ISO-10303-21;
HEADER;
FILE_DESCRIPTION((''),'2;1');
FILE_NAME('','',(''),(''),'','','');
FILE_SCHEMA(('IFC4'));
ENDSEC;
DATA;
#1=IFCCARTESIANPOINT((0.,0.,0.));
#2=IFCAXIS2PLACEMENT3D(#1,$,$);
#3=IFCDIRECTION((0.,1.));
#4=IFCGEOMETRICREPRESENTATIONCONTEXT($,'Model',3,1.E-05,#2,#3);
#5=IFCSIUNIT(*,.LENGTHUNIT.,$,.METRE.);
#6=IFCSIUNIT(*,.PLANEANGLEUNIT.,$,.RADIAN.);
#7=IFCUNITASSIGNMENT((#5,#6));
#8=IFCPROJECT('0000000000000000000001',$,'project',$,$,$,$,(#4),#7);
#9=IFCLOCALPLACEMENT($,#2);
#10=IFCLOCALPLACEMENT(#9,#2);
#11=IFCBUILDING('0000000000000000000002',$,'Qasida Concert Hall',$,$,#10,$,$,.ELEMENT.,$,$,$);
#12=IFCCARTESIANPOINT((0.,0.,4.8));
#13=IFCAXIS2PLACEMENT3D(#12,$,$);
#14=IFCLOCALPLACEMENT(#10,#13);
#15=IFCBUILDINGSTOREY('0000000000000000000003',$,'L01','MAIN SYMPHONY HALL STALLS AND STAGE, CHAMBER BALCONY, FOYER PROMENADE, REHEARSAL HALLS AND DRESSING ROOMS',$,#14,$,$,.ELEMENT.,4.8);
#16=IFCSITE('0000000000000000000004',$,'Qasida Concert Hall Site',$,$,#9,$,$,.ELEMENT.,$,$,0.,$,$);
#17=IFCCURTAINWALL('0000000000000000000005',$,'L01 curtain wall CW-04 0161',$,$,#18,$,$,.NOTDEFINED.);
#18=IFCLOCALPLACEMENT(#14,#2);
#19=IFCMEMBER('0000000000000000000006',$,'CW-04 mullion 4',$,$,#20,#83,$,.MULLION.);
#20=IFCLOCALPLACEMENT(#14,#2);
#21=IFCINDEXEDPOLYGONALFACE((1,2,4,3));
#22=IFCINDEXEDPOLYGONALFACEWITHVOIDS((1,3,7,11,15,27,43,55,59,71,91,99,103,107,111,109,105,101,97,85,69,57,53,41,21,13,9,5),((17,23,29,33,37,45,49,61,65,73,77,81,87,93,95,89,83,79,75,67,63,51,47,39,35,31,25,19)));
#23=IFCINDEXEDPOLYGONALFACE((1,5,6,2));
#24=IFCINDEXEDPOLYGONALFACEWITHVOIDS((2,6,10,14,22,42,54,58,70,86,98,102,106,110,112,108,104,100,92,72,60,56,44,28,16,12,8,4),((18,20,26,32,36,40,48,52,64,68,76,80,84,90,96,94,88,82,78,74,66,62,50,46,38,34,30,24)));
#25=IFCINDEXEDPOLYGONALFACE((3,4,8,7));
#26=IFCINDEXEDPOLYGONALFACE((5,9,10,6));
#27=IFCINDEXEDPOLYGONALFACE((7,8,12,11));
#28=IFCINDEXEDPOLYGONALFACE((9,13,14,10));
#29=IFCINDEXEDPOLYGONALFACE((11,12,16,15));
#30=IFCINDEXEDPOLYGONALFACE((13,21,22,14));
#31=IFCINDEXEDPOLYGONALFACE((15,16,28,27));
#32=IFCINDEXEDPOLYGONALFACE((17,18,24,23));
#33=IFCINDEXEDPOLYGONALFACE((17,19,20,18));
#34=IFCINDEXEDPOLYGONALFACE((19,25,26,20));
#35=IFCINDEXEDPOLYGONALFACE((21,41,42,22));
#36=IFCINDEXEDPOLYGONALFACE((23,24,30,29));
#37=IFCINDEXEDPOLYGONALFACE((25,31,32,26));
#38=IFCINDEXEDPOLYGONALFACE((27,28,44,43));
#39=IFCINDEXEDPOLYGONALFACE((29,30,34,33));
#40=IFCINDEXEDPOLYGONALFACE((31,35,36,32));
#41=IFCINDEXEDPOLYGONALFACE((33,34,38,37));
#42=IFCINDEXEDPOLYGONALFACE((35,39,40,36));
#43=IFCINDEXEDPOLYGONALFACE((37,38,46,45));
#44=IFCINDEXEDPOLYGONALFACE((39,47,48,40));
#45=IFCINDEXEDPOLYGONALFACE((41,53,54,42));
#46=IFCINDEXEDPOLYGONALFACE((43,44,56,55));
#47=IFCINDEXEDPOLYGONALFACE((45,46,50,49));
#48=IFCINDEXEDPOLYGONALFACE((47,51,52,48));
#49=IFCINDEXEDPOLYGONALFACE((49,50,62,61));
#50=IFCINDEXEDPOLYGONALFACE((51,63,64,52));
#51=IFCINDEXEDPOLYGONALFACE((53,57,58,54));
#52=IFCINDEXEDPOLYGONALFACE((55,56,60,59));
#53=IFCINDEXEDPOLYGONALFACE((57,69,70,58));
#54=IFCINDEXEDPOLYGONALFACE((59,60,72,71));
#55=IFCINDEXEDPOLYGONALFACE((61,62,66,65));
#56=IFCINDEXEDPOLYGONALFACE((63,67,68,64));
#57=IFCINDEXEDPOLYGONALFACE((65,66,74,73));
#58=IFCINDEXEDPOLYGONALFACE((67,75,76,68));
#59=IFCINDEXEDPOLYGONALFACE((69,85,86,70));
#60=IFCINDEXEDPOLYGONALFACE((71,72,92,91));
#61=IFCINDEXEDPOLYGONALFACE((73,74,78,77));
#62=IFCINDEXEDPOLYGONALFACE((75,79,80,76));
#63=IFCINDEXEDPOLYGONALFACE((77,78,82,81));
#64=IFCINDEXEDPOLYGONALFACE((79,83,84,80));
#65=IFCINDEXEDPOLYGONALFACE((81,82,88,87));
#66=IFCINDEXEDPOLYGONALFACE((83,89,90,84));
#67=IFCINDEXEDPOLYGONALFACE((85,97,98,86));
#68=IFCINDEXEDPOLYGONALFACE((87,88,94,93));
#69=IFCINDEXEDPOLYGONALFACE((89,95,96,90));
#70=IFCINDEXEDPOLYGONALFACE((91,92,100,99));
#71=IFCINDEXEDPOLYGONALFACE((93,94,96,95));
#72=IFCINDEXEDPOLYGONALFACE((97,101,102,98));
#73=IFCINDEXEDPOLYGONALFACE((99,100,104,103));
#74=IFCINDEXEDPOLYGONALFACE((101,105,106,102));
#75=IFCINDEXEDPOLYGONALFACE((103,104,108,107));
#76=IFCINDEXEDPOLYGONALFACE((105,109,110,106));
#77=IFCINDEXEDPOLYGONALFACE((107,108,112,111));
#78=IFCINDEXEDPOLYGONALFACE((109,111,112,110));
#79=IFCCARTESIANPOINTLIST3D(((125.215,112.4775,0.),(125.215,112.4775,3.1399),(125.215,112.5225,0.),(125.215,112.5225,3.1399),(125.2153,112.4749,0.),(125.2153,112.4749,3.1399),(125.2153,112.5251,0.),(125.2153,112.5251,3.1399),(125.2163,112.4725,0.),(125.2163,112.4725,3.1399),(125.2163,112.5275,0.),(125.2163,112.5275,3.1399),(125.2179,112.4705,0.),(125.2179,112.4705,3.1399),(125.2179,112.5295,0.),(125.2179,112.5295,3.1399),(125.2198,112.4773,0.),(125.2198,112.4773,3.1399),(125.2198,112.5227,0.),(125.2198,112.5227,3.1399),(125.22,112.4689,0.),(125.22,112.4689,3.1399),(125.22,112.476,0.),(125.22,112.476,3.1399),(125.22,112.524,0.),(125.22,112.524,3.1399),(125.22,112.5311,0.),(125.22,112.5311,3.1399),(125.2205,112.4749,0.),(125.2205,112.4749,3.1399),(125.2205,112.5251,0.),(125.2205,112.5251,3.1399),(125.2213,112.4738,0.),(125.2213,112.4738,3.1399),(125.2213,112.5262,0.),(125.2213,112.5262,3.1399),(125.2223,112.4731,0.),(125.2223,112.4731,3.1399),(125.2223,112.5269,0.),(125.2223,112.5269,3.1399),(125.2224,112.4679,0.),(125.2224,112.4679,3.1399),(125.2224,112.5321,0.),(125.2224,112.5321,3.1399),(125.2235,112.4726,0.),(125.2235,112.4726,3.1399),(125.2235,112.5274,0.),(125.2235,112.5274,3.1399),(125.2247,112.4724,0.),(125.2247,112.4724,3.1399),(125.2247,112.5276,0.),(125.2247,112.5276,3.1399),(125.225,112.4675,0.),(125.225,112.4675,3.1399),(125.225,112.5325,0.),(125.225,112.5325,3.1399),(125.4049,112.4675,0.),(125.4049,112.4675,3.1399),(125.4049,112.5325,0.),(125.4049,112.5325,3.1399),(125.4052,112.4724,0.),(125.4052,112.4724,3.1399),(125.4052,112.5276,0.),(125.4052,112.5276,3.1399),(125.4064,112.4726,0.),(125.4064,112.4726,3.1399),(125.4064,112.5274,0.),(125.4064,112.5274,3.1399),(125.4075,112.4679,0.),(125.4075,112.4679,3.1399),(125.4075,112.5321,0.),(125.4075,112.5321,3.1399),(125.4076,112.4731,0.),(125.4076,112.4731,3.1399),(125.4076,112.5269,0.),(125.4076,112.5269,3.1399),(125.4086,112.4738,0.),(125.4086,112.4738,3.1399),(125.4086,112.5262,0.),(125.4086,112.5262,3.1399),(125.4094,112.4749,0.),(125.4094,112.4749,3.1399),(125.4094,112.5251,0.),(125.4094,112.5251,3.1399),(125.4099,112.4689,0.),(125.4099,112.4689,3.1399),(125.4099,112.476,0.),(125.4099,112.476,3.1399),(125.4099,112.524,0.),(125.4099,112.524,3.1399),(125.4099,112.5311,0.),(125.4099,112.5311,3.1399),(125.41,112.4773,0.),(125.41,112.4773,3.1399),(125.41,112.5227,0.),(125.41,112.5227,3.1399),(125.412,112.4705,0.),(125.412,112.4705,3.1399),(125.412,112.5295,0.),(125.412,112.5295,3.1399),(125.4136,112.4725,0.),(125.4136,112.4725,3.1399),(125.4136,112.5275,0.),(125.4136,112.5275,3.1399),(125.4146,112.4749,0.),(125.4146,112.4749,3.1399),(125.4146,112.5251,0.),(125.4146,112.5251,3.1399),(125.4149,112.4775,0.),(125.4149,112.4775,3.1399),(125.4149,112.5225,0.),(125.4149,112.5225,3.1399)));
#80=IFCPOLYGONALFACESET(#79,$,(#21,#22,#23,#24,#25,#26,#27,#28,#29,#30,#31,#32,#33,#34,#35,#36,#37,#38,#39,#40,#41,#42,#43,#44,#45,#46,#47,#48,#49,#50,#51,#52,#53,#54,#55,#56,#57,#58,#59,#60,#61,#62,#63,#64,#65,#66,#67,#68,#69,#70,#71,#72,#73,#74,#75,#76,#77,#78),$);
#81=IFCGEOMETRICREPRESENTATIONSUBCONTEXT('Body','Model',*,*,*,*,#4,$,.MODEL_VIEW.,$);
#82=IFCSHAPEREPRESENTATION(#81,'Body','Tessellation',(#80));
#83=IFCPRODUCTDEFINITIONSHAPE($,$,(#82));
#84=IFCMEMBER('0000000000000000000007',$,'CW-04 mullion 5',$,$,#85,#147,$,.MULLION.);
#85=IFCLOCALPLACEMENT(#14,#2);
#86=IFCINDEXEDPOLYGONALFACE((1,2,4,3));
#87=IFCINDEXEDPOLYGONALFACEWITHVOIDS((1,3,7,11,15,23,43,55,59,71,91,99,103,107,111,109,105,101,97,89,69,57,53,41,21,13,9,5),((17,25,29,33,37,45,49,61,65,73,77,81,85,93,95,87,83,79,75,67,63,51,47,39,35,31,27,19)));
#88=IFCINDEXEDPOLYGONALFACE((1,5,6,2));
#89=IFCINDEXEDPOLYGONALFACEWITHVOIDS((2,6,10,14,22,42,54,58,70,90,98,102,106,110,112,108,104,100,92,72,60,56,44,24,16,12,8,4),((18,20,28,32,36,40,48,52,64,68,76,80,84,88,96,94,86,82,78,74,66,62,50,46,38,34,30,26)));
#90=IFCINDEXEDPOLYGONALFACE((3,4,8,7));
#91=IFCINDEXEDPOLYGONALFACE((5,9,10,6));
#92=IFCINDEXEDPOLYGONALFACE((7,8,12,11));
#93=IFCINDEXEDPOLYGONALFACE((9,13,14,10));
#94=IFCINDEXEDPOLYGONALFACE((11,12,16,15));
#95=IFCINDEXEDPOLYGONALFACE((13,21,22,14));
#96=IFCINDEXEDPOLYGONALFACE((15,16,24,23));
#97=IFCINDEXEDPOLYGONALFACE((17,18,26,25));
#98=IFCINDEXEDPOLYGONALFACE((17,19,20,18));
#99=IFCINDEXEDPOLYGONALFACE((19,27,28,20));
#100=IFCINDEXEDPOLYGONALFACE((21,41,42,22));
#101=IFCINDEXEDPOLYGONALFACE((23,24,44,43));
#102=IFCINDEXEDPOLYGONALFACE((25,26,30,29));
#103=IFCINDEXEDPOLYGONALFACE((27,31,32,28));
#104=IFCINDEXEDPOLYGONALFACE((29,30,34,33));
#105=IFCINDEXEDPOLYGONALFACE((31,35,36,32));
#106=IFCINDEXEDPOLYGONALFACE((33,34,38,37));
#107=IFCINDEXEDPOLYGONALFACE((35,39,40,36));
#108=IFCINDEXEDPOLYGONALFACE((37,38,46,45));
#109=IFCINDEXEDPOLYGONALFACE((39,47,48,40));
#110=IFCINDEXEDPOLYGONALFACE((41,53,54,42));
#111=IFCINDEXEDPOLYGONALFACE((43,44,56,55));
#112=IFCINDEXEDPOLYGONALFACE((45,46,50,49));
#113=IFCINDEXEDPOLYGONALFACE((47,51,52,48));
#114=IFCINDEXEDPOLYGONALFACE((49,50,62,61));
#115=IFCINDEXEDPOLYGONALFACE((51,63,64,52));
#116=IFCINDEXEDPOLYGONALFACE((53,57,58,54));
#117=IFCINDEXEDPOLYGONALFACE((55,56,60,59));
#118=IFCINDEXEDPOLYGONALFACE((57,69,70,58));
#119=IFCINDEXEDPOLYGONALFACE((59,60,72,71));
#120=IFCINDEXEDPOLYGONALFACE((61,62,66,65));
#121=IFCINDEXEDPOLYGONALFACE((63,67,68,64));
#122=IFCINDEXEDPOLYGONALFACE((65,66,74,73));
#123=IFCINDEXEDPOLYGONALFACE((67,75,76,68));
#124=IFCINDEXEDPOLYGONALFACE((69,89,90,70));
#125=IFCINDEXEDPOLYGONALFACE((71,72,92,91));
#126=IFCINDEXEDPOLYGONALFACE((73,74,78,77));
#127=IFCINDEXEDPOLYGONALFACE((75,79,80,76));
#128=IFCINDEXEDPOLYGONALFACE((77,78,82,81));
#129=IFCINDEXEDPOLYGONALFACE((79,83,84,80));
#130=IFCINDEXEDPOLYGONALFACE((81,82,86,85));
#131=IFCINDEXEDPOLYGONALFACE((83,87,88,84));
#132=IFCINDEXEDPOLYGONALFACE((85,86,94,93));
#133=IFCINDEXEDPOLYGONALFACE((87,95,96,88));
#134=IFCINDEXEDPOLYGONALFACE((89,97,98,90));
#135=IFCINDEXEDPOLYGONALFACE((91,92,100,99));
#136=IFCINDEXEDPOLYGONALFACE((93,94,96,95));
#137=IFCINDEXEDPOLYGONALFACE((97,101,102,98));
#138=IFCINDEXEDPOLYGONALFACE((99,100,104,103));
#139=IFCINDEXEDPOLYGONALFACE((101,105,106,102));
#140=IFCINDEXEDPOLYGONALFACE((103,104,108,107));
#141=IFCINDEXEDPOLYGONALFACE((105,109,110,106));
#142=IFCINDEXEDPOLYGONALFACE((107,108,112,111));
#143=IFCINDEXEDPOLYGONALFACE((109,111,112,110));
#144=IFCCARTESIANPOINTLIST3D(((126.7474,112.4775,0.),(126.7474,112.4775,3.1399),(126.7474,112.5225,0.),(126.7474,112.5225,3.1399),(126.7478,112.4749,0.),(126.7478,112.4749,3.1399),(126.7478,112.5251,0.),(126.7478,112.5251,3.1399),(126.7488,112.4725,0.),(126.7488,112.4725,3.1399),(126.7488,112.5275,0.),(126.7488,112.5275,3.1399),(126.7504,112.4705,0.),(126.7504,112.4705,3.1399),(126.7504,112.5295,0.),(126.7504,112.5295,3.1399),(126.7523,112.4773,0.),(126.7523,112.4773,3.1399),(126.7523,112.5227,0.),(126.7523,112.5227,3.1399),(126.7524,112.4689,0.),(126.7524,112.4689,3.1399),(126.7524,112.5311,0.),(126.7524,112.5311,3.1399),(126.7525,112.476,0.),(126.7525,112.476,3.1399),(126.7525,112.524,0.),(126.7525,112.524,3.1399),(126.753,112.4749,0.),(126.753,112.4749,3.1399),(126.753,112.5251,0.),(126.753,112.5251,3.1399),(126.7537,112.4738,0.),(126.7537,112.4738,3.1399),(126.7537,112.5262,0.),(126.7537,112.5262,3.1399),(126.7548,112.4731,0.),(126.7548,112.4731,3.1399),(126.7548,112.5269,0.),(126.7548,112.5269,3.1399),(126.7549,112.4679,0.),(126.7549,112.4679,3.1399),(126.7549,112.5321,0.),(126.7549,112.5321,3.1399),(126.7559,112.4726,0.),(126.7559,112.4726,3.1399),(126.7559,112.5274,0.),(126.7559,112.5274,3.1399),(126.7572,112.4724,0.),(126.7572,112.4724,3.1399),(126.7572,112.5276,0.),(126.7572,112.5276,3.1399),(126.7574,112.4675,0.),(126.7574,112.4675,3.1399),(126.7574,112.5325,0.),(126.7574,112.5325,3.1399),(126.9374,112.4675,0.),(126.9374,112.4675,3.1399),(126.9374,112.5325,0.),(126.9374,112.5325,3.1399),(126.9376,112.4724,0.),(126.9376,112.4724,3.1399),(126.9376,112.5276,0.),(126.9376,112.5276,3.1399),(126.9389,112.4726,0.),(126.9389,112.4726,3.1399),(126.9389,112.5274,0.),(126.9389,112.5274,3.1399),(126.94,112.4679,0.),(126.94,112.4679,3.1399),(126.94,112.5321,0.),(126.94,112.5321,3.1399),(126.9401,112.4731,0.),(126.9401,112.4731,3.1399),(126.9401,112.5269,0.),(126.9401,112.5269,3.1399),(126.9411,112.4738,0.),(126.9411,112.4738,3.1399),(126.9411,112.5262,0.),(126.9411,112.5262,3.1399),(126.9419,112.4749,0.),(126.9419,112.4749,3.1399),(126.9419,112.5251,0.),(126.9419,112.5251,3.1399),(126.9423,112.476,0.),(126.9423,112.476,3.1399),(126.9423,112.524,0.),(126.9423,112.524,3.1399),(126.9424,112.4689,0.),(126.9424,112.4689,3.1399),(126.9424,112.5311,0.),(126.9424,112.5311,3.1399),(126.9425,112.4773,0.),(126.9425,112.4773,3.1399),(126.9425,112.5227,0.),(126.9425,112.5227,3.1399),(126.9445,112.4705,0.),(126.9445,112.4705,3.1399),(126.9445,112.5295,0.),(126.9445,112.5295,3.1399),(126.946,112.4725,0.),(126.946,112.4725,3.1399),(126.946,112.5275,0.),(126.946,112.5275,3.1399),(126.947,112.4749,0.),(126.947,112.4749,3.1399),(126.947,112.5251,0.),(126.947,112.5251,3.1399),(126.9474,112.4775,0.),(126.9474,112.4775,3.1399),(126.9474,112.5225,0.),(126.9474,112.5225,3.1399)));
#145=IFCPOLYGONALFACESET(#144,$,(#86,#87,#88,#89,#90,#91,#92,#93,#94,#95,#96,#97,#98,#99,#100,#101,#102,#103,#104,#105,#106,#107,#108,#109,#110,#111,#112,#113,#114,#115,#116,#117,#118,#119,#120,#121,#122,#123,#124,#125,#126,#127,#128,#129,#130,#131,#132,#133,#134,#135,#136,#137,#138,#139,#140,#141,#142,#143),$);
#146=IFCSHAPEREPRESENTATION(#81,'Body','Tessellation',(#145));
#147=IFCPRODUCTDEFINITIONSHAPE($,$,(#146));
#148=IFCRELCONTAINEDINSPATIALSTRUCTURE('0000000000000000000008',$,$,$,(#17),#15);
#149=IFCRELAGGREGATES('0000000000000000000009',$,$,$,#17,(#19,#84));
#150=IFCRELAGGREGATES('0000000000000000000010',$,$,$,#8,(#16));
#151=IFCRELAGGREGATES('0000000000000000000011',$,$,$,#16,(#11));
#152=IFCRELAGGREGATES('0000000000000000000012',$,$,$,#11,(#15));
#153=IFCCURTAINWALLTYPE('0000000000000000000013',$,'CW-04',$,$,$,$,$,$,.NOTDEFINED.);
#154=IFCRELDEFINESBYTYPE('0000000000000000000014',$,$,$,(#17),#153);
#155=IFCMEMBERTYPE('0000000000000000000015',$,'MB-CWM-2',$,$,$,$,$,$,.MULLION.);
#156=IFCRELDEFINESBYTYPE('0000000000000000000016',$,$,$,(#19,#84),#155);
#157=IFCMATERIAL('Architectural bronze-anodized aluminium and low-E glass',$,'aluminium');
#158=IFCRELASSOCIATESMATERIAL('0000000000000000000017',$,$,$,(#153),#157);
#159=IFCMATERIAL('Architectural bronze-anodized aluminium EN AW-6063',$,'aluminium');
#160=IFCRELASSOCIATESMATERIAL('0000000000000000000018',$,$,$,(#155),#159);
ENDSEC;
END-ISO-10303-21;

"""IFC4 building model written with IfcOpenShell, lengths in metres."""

from ifc_helpers import new_model, si_unit, direction, frame, origin, origin_2d, place, context, subcontext, project, spatial, hollow_rectangle, extrude, material, material_profile, profile_set, type_object, element, aggregate, save


model = new_model("IFC4")

# Units and contexts
model_context = context("Model", 3, precision=1e-05, world=origin(), true_north=direction((0.0, 1.0)))
body_context = subcontext(model_context, "Body", "Model", "MODEL_VIEW")
ifc_project = project(units=[si_unit("LENGTHUNIT", "METRE"), si_unit("PLANEANGLEUNIT", "RADIAN")], contexts=[model_context])

# Site, building, storey
site_placement = place(None, origin())
site = spatial("IfcSite", under=ifc_project, at=site_placement, Name="Qasida Concert Hall Site", CompositionType="ELEMENT", RefElevation=0.0)
building_placement = place(site_placement, origin())
building = spatial("IfcBuilding", under=site, at=building_placement, Name="Qasida Concert Hall", CompositionType="ELEMENT")
storey_placement = place(building_placement, frame((0.0, 0.0, 4.8)))
storey = spatial("IfcBuildingStorey", under=building, at=storey_placement, Name="L01", Description="MAIN SYMPHONY HALL STALLS AND STAGE, CHAMBER BALCONY, FOYER PROMENADE, REHEARSAL HALLS AND DRESSING ROOMS", CompositionType="ELEMENT", Elevation=4.8)

# Curtain wall, members
ifc_material_1 = material(Name="Architectural bronze-anodized aluminium and low-E glass", Category="aluminium")
curtain_wall_type = type_object("IfcCurtainWallType", Name="CW-04", PredefinedType="NOTDEFINED", material=ifc_material_1)
curtain_wall_placement = place(storey_placement, origin())
curtain_wall = element("IfcCurtainWall", 1, at=curtain_wall_placement, inside=storey, type_object=curtain_wall_type, Name="L01 curtain wall CW-04 0161", PredefinedType="NOTDEFINED")
ifc_material_2 = material(Name="Architectural bronze-anodized aluminium EN AW-6063", Category="aluminium")
ifc_material_profile_1 = material_profile(ifc_material_2, hollow_rectangle(XDim=0.0649, YDim=0.2, WallThickness=0.0049, InnerFilletRadius=0.0049, OuterFilletRadius=0.01, at=origin_2d()), Name="CWM 200x65x5")
ifc_profile_set_1 = profile_set([ifc_material_profile_1], Name="Architectural bronze-anodized aluminium EN AW-6063")
member_type_1 = type_object("IfcMemberType", Name="MB-CWM-2", PredefinedType="MULLION", material=ifc_profile_set_1)
member_1_placement = place(storey_placement, frame((125.3149, 112.5, 0.0), z_axis=(0.0, 0.0, 1.0), x_axis=(0.0, 1.0, 0.0)))
member_1 = element("IfcMember", 2, at=member_1_placement, type_object=member_type_1, Name="CW-04 mullion 4", PredefinedType="MULLION", context=body_context, shape_type="SweptSolid", body=[
    extrude(hollow_rectangle(XDim=0.0649, YDim=0.2, WallThickness=0.0049, InnerFilletRadius=0.0049, OuterFilletRadius=0.01, at=origin_2d()), origin(), (0.0, 0.0, 1.0), 3.1399),
])
member_2_placement = place(storey_placement, frame((126.8474, 112.5, 0.0), z_axis=(0.0, 0.0, 1.0), x_axis=(0.0, 1.0, 0.0)))
member_2 = element("IfcMember", 3, at=member_2_placement, type_object=member_type_1, Name="CW-04 mullion 5", PredefinedType="MULLION", context=body_context, shape_type="SweptSolid", body=[
    extrude(hollow_rectangle(XDim=0.0649, YDim=0.2, WallThickness=0.0049, InnerFilletRadius=0.0049, OuterFilletRadius=0.01, at=origin_2d()), origin(), (0.0, 0.0, 1.0), 3.1399),
])
aggregate(curtain_wall, [member_1, member_2])

save(model, "model.ifc")
